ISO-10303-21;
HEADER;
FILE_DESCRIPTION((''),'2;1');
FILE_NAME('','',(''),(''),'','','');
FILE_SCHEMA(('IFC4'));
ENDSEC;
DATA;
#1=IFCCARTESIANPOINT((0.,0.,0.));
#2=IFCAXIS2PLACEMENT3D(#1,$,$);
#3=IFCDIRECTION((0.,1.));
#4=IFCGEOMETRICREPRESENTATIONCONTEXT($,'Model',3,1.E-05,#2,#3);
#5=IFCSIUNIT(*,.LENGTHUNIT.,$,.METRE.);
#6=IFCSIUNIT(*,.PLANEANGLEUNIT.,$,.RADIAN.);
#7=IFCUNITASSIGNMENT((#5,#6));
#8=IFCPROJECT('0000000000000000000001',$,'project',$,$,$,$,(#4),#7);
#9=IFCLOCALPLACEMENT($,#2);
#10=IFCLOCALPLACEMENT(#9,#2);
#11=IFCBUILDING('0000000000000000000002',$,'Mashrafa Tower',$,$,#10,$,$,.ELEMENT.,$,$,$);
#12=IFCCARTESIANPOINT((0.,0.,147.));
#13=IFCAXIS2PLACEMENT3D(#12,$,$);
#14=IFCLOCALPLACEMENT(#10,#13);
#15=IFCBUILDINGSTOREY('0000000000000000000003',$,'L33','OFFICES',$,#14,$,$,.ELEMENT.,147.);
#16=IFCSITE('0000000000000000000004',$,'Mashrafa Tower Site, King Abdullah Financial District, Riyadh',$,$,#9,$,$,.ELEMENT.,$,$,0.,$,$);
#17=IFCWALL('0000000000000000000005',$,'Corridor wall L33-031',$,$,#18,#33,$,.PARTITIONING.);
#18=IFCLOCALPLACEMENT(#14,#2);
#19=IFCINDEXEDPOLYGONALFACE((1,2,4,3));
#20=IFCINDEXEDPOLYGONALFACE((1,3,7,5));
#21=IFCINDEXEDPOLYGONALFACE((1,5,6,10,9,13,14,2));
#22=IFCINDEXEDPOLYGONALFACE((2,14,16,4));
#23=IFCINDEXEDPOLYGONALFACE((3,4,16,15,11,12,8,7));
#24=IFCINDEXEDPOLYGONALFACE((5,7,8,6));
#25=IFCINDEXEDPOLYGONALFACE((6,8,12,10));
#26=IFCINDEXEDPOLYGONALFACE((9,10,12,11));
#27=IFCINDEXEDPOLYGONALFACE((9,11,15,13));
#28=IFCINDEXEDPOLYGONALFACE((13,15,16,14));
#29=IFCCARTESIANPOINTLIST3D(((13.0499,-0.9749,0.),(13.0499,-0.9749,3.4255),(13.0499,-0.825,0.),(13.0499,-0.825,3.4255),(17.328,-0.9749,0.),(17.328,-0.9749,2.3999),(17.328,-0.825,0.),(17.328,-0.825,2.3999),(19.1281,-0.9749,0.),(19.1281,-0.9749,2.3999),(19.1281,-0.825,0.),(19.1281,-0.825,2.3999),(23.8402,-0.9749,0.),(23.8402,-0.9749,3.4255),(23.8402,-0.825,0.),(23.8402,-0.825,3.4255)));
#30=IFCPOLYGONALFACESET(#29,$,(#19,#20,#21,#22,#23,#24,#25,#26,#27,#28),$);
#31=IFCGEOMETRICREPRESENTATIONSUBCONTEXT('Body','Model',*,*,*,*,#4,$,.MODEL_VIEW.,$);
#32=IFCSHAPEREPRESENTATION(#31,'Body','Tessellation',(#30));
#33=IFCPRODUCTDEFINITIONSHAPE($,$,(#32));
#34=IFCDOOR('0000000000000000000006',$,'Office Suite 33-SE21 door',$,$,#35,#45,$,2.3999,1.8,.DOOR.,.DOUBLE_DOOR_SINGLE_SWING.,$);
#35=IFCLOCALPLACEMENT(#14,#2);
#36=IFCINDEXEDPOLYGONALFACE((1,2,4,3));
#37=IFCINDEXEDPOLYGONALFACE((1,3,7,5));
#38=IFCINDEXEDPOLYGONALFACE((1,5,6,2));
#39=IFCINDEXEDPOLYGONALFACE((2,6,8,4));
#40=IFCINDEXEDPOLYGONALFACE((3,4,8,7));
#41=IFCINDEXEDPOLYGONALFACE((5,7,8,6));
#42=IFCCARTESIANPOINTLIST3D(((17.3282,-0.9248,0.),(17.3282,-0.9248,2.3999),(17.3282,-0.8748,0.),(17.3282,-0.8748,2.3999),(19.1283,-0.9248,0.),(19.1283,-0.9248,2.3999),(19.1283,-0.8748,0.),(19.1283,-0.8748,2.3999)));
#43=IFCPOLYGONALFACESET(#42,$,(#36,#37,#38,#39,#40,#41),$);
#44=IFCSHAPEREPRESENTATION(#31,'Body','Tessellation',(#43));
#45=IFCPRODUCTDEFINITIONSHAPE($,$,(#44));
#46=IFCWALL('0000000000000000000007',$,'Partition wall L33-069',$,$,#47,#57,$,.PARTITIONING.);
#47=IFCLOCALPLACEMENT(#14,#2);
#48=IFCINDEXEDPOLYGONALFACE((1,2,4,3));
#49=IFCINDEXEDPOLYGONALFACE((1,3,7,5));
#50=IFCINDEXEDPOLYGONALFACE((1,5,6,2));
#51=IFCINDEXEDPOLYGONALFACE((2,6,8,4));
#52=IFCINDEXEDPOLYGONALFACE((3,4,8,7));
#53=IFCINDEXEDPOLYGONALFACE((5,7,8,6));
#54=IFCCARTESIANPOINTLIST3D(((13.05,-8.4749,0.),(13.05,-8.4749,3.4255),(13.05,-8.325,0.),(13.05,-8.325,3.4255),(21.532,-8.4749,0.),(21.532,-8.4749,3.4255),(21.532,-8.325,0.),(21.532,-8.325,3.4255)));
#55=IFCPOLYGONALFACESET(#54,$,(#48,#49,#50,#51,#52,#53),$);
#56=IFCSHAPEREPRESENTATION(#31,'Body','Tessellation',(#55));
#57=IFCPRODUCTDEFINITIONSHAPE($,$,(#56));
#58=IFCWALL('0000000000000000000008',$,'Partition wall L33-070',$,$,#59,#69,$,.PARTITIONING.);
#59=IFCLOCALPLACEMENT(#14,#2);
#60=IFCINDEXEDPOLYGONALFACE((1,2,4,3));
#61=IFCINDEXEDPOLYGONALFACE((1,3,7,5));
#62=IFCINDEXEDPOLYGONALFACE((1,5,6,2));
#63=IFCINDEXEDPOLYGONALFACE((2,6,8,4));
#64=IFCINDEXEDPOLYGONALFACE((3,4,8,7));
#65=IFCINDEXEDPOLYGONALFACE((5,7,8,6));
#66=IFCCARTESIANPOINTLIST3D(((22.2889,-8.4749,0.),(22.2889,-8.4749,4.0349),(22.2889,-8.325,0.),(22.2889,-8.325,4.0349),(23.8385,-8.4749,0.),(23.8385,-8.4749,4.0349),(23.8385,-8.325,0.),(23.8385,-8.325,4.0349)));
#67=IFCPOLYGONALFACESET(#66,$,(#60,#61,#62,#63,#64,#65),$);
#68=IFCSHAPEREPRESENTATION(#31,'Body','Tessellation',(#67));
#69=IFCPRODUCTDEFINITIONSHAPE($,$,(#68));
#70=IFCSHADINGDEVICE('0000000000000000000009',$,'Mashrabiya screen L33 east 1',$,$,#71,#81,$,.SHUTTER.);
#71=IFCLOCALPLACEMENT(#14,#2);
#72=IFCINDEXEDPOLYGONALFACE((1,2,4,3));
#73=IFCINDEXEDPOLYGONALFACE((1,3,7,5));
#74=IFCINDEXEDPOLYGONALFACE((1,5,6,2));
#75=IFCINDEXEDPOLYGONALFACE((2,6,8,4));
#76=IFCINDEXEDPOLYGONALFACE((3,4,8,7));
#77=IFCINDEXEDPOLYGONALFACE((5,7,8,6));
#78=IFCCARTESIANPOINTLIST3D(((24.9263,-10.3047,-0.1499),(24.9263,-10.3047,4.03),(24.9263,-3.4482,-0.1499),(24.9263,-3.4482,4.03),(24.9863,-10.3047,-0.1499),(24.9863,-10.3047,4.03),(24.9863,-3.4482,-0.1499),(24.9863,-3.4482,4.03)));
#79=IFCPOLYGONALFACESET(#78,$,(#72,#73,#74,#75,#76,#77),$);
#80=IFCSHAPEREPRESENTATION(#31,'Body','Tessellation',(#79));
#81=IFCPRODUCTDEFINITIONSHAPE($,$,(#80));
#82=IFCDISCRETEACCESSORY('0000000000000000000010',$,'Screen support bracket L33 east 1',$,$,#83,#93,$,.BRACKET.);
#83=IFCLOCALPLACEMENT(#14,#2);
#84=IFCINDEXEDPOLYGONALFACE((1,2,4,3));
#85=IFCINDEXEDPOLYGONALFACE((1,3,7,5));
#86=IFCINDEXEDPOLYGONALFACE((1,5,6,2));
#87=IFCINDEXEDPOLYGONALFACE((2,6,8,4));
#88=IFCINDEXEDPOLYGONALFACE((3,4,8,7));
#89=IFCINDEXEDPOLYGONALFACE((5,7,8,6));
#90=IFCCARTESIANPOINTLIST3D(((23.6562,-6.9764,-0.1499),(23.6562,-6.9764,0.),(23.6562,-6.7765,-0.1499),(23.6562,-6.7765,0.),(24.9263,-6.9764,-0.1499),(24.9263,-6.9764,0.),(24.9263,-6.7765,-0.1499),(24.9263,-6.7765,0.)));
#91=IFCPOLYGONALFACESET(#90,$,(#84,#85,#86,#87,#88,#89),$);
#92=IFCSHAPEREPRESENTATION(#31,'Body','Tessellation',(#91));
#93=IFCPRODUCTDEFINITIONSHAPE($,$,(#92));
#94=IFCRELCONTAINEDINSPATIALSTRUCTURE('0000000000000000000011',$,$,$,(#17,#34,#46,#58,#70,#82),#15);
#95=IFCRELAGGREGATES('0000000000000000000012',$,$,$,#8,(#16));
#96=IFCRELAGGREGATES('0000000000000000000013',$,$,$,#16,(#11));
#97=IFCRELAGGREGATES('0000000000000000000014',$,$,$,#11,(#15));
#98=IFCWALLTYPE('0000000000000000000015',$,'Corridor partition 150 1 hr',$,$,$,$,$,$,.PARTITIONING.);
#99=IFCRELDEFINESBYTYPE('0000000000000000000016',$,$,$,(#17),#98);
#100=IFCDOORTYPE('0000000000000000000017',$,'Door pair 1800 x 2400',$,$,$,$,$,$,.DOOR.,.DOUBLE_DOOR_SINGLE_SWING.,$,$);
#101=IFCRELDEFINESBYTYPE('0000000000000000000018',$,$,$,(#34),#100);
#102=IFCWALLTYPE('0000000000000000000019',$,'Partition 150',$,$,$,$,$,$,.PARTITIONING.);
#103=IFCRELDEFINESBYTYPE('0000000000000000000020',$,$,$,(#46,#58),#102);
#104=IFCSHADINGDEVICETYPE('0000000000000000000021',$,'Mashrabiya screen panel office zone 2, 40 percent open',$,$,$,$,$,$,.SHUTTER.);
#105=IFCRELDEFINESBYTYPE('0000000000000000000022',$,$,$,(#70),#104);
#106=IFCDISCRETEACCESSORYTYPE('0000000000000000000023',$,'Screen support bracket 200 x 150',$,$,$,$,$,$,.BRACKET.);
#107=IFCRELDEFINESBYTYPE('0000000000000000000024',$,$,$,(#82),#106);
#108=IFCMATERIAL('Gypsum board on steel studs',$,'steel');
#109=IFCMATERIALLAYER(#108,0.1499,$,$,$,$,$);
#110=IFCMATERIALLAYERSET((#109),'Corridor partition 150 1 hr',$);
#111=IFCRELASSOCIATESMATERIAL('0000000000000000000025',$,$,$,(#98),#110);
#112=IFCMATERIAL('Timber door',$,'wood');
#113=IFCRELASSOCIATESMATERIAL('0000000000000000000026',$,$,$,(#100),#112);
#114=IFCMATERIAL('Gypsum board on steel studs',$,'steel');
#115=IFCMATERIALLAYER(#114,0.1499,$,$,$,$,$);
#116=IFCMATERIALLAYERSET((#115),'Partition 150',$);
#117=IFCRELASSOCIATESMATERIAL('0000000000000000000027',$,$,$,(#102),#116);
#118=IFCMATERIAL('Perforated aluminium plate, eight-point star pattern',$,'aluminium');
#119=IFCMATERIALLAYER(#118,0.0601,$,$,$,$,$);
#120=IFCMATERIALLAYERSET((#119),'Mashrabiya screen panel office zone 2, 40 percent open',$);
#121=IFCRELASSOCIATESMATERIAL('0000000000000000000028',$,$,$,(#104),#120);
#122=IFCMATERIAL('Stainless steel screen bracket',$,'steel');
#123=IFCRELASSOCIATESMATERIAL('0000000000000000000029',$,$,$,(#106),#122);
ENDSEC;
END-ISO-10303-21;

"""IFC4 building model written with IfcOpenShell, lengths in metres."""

from ifc_helpers import new_model, si_unit, direction, frame, frame_2d, origin, origin_2d, place, context, subcontext, project, spatial, rectangle, extrude, source, transform, mapped, material, layer, layer_set, type_object, type_shapes, element, fill, save


model = new_model("IFC4")

# Units and contexts
model_context = context("Model", 3, precision=1e-05, world=origin(), true_north=direction((0.0, 1.0)))
body_context = subcontext(model_context, "Body", "Model", "MODEL_VIEW")
ifc_project = project(units=[si_unit("LENGTHUNIT", "METRE"), si_unit("PLANEANGLEUNIT", "RADIAN")], contexts=[model_context])

# Site, building, storey
site_placement = place(None, origin())
site = spatial("IfcSite", under=ifc_project, at=site_placement, Name="Mashrafa Tower Site, King Abdullah Financial District, Riyadh", CompositionType="ELEMENT", RefElevation=0.0)
building_placement = place(site_placement, origin())
building = spatial("IfcBuilding", under=site, at=building_placement, Name="Mashrafa Tower", CompositionType="ELEMENT")
storey_placement = place(building_placement, frame((0.0, 0.0, 147.0)))
storey = spatial("IfcBuildingStorey", under=building, at=storey_placement, Name="L33", Description="OFFICES", CompositionType="ELEMENT", Elevation=147.0)

# Shared definitions
ifc_material_1 = material(Name="Gypsum board on steel studs", Category="steel")
ifc_layer_1 = layer(ifc_material_1, 0.1499)
ifc_layer_set_1 = layer_set([ifc_layer_1], Name="Corridor partition 150 1 hr")
wall_type_1 = type_object("IfcWallType", Name="Corridor partition 150 1 hr", PredefinedType="PARTITIONING", material=ifc_layer_set_1)

# Wall, opening, door
wall_1_placement = place(storey_placement, frame((13.05, -0.8999, 0.0), z_axis=(0.0, 0.0, 1.0), x_axis=(1.0, 0.0, 0.0)))
wall_1 = element("IfcWall", 1, at=wall_1_placement, inside=storey, type_object=wall_type_1, Name="Corridor wall L33-031", PredefinedType="PARTITIONING", context=body_context, shape_type="SweptSolid", body=[
    extrude(rectangle(XDim=10.7903, YDim=0.1499, at=frame_2d((5.395, 0.0))), origin(), (0.0, 0.0, 1.0), 3.4255),
])
opening_1_placement = place(wall_1_placement, frame((4.2781, 0.0, 0.0)))
opening_1 = element("IfcOpeningElement", 2, at=opening_1_placement, cuts=wall_1, PredefinedType="OPENING", context=body_context, shape_type="SweptSolid", body=[
    extrude(rectangle(XDim=1.8, YDim=2.3999, at=frame_2d((0.8999, 1.2))), frame((0.0, 0.085, 0.0), z_axis=(0.0, -1.0, 0.0), x_axis=(1.0, 0.0, 0.0)), (0.0, 0.0, 1.0), 0.1699),
])
ifc_material_2 = material(Name="Timber door", Category="wood")
door_type_1 = type_object("IfcDoorType", Name="Door pair 1800 x 2400", OperationType="DOUBLE_DOOR_SINGLE_SWING", PredefinedType="DOOR", material=ifc_material_2)
door_1_placement = place(opening_1_placement, frame((1.8, 0.0, 0.0), z_axis=(0.0, 0.0, 1.0), x_axis=(-1.0, 0.0, 0.0)))
door_1 = element("IfcDoor", 3, at=door_1_placement, inside=storey, type_object=door_type_1, Name="Office Suite 33-SE21 door", OperationType="DOUBLE_DOOR_SINGLE_SWING", OverallHeight=2.3999, OverallWidth=1.8, PredefinedType="DOOR", context=body_context, shape_type="SweptSolid", body=[
    extrude(rectangle(XDim=1.8, YDim=2.3999, at=frame_2d((0.8999, 1.2))), frame((0.0, 0.0249, 0.0), z_axis=(0.0, -1.0, 0.0), x_axis=(1.0, 0.0, 0.0)), (0.0, 0.0, 1.0), 0.05),
])
fill(opening_1, door_1)

# Walls
ifc_material_3 = material(Name="Gypsum board on steel studs", Category="steel")
ifc_layer_2 = layer(ifc_material_3, 0.1499)
ifc_layer_set_2 = layer_set([ifc_layer_2], Name="Partition 150")
wall_type_2 = type_object("IfcWallType", Name="Partition 150", PredefinedType="PARTITIONING", material=ifc_layer_set_2)
wall_2_placement = place(storey_placement, frame((13.05, -8.3999, 0.0), z_axis=(0.0, 0.0, 1.0), x_axis=(1.0, 0.0, 0.0)))
element("IfcWall", 4, at=wall_2_placement, inside=storey, type_object=wall_type_2, Name="Partition wall L33-069", PredefinedType="PARTITIONING", context=body_context, shape_type="SweptSolid", body=[
    extrude(rectangle(XDim=8.4819, YDim=0.1499, at=frame_2d((4.241, 0.0))), origin(), (0.0, 0.0, 1.0), 3.4255),
])
wall_3_placement = place(storey_placement, frame((22.2888, -8.3999, 0.0), z_axis=(0.0, 0.0, 1.0), x_axis=(1.0, 0.0, 0.0)))
element("IfcWall", 5, at=wall_3_placement, inside=storey, type_object=wall_type_2, Name="Partition wall L33-070", PredefinedType="PARTITIONING", context=body_context, shape_type="SweptSolid", body=[
    extrude(rectangle(XDim=1.5496, YDim=0.1499, at=frame_2d((0.7749, 0.0))), origin(), (0.0, 0.0, 1.0), 4.0349),
])

# Shading device
ifc_material_4 = material(Name="Perforated aluminium plate, eight-point star pattern", Category="aluminium")
ifc_layer_3 = layer(ifc_material_4, 0.0601)
ifc_layer_set_3 = layer_set([ifc_layer_3], Name="Mashrabiya screen panel office zone 2, 40 percent open")
shading_device_type = type_object("IfcShadingDeviceType", Name="Mashrabiya screen panel office zone 2, 40 percent open", PredefinedType="SHUTTER", material=ifc_layer_set_3)
shared_shape_1 = source(origin(), body_context, "Body", "SweptSolid", [
    extrude(rectangle(XDim=6.8564, YDim=0.0601, at=origin_2d()), origin(), (0.0, 0.0, 1.0), 4.1799),
])
type_shapes(shading_device_type, [shared_shape_1])
shading_device_placement = place(storey_placement, frame((24.9563, -6.8765, -0.1499), z_axis=(0.0, 0.0, 1.0), x_axis=(0.0, 1.0, 0.0)))
element("IfcShadingDevice", 6, at=shading_device_placement, inside=storey, type_object=shading_device_type, Name="Mashrabiya screen L33 east 1", PredefinedType="SHUTTER", context=body_context, shape_type="MappedRepresentation", body=[
    mapped(shared_shape_1, transform((0.0, 0.0, 0.0))),
])

# Discrete accessory
ifc_material_5 = material(Name="Stainless steel screen bracket", Category="steel")
discrete_accessory_type = type_object("IfcDiscreteAccessoryType", Name="Screen support bracket 200 x 150", PredefinedType="BRACKET", material=ifc_material_5)
shared_shape_2 = source(origin(), body_context, "Body", "SweptSolid", [
    extrude(rectangle(XDim=0.2, YDim=1.27, at=origin_2d()), origin(), (0.0, 0.0, 1.0), 0.1499),
])
type_shapes(discrete_accessory_type, [shared_shape_2])
discrete_accessory_placement = place(storey_placement, frame((24.2913, -6.8765, -0.1499), z_axis=(0.0, 0.0, 1.0), x_axis=(0.0, 1.0, 0.0)))
element("IfcDiscreteAccessory", 7, at=discrete_accessory_placement, inside=storey, type_object=discrete_accessory_type, Name="Screen support bracket L33 east 1", PredefinedType="BRACKET", context=body_context, shape_type="MappedRepresentation", body=[
    mapped(shared_shape_2, transform((0.0, 0.0, 0.0))),
])

save(model, "model.ifc")
